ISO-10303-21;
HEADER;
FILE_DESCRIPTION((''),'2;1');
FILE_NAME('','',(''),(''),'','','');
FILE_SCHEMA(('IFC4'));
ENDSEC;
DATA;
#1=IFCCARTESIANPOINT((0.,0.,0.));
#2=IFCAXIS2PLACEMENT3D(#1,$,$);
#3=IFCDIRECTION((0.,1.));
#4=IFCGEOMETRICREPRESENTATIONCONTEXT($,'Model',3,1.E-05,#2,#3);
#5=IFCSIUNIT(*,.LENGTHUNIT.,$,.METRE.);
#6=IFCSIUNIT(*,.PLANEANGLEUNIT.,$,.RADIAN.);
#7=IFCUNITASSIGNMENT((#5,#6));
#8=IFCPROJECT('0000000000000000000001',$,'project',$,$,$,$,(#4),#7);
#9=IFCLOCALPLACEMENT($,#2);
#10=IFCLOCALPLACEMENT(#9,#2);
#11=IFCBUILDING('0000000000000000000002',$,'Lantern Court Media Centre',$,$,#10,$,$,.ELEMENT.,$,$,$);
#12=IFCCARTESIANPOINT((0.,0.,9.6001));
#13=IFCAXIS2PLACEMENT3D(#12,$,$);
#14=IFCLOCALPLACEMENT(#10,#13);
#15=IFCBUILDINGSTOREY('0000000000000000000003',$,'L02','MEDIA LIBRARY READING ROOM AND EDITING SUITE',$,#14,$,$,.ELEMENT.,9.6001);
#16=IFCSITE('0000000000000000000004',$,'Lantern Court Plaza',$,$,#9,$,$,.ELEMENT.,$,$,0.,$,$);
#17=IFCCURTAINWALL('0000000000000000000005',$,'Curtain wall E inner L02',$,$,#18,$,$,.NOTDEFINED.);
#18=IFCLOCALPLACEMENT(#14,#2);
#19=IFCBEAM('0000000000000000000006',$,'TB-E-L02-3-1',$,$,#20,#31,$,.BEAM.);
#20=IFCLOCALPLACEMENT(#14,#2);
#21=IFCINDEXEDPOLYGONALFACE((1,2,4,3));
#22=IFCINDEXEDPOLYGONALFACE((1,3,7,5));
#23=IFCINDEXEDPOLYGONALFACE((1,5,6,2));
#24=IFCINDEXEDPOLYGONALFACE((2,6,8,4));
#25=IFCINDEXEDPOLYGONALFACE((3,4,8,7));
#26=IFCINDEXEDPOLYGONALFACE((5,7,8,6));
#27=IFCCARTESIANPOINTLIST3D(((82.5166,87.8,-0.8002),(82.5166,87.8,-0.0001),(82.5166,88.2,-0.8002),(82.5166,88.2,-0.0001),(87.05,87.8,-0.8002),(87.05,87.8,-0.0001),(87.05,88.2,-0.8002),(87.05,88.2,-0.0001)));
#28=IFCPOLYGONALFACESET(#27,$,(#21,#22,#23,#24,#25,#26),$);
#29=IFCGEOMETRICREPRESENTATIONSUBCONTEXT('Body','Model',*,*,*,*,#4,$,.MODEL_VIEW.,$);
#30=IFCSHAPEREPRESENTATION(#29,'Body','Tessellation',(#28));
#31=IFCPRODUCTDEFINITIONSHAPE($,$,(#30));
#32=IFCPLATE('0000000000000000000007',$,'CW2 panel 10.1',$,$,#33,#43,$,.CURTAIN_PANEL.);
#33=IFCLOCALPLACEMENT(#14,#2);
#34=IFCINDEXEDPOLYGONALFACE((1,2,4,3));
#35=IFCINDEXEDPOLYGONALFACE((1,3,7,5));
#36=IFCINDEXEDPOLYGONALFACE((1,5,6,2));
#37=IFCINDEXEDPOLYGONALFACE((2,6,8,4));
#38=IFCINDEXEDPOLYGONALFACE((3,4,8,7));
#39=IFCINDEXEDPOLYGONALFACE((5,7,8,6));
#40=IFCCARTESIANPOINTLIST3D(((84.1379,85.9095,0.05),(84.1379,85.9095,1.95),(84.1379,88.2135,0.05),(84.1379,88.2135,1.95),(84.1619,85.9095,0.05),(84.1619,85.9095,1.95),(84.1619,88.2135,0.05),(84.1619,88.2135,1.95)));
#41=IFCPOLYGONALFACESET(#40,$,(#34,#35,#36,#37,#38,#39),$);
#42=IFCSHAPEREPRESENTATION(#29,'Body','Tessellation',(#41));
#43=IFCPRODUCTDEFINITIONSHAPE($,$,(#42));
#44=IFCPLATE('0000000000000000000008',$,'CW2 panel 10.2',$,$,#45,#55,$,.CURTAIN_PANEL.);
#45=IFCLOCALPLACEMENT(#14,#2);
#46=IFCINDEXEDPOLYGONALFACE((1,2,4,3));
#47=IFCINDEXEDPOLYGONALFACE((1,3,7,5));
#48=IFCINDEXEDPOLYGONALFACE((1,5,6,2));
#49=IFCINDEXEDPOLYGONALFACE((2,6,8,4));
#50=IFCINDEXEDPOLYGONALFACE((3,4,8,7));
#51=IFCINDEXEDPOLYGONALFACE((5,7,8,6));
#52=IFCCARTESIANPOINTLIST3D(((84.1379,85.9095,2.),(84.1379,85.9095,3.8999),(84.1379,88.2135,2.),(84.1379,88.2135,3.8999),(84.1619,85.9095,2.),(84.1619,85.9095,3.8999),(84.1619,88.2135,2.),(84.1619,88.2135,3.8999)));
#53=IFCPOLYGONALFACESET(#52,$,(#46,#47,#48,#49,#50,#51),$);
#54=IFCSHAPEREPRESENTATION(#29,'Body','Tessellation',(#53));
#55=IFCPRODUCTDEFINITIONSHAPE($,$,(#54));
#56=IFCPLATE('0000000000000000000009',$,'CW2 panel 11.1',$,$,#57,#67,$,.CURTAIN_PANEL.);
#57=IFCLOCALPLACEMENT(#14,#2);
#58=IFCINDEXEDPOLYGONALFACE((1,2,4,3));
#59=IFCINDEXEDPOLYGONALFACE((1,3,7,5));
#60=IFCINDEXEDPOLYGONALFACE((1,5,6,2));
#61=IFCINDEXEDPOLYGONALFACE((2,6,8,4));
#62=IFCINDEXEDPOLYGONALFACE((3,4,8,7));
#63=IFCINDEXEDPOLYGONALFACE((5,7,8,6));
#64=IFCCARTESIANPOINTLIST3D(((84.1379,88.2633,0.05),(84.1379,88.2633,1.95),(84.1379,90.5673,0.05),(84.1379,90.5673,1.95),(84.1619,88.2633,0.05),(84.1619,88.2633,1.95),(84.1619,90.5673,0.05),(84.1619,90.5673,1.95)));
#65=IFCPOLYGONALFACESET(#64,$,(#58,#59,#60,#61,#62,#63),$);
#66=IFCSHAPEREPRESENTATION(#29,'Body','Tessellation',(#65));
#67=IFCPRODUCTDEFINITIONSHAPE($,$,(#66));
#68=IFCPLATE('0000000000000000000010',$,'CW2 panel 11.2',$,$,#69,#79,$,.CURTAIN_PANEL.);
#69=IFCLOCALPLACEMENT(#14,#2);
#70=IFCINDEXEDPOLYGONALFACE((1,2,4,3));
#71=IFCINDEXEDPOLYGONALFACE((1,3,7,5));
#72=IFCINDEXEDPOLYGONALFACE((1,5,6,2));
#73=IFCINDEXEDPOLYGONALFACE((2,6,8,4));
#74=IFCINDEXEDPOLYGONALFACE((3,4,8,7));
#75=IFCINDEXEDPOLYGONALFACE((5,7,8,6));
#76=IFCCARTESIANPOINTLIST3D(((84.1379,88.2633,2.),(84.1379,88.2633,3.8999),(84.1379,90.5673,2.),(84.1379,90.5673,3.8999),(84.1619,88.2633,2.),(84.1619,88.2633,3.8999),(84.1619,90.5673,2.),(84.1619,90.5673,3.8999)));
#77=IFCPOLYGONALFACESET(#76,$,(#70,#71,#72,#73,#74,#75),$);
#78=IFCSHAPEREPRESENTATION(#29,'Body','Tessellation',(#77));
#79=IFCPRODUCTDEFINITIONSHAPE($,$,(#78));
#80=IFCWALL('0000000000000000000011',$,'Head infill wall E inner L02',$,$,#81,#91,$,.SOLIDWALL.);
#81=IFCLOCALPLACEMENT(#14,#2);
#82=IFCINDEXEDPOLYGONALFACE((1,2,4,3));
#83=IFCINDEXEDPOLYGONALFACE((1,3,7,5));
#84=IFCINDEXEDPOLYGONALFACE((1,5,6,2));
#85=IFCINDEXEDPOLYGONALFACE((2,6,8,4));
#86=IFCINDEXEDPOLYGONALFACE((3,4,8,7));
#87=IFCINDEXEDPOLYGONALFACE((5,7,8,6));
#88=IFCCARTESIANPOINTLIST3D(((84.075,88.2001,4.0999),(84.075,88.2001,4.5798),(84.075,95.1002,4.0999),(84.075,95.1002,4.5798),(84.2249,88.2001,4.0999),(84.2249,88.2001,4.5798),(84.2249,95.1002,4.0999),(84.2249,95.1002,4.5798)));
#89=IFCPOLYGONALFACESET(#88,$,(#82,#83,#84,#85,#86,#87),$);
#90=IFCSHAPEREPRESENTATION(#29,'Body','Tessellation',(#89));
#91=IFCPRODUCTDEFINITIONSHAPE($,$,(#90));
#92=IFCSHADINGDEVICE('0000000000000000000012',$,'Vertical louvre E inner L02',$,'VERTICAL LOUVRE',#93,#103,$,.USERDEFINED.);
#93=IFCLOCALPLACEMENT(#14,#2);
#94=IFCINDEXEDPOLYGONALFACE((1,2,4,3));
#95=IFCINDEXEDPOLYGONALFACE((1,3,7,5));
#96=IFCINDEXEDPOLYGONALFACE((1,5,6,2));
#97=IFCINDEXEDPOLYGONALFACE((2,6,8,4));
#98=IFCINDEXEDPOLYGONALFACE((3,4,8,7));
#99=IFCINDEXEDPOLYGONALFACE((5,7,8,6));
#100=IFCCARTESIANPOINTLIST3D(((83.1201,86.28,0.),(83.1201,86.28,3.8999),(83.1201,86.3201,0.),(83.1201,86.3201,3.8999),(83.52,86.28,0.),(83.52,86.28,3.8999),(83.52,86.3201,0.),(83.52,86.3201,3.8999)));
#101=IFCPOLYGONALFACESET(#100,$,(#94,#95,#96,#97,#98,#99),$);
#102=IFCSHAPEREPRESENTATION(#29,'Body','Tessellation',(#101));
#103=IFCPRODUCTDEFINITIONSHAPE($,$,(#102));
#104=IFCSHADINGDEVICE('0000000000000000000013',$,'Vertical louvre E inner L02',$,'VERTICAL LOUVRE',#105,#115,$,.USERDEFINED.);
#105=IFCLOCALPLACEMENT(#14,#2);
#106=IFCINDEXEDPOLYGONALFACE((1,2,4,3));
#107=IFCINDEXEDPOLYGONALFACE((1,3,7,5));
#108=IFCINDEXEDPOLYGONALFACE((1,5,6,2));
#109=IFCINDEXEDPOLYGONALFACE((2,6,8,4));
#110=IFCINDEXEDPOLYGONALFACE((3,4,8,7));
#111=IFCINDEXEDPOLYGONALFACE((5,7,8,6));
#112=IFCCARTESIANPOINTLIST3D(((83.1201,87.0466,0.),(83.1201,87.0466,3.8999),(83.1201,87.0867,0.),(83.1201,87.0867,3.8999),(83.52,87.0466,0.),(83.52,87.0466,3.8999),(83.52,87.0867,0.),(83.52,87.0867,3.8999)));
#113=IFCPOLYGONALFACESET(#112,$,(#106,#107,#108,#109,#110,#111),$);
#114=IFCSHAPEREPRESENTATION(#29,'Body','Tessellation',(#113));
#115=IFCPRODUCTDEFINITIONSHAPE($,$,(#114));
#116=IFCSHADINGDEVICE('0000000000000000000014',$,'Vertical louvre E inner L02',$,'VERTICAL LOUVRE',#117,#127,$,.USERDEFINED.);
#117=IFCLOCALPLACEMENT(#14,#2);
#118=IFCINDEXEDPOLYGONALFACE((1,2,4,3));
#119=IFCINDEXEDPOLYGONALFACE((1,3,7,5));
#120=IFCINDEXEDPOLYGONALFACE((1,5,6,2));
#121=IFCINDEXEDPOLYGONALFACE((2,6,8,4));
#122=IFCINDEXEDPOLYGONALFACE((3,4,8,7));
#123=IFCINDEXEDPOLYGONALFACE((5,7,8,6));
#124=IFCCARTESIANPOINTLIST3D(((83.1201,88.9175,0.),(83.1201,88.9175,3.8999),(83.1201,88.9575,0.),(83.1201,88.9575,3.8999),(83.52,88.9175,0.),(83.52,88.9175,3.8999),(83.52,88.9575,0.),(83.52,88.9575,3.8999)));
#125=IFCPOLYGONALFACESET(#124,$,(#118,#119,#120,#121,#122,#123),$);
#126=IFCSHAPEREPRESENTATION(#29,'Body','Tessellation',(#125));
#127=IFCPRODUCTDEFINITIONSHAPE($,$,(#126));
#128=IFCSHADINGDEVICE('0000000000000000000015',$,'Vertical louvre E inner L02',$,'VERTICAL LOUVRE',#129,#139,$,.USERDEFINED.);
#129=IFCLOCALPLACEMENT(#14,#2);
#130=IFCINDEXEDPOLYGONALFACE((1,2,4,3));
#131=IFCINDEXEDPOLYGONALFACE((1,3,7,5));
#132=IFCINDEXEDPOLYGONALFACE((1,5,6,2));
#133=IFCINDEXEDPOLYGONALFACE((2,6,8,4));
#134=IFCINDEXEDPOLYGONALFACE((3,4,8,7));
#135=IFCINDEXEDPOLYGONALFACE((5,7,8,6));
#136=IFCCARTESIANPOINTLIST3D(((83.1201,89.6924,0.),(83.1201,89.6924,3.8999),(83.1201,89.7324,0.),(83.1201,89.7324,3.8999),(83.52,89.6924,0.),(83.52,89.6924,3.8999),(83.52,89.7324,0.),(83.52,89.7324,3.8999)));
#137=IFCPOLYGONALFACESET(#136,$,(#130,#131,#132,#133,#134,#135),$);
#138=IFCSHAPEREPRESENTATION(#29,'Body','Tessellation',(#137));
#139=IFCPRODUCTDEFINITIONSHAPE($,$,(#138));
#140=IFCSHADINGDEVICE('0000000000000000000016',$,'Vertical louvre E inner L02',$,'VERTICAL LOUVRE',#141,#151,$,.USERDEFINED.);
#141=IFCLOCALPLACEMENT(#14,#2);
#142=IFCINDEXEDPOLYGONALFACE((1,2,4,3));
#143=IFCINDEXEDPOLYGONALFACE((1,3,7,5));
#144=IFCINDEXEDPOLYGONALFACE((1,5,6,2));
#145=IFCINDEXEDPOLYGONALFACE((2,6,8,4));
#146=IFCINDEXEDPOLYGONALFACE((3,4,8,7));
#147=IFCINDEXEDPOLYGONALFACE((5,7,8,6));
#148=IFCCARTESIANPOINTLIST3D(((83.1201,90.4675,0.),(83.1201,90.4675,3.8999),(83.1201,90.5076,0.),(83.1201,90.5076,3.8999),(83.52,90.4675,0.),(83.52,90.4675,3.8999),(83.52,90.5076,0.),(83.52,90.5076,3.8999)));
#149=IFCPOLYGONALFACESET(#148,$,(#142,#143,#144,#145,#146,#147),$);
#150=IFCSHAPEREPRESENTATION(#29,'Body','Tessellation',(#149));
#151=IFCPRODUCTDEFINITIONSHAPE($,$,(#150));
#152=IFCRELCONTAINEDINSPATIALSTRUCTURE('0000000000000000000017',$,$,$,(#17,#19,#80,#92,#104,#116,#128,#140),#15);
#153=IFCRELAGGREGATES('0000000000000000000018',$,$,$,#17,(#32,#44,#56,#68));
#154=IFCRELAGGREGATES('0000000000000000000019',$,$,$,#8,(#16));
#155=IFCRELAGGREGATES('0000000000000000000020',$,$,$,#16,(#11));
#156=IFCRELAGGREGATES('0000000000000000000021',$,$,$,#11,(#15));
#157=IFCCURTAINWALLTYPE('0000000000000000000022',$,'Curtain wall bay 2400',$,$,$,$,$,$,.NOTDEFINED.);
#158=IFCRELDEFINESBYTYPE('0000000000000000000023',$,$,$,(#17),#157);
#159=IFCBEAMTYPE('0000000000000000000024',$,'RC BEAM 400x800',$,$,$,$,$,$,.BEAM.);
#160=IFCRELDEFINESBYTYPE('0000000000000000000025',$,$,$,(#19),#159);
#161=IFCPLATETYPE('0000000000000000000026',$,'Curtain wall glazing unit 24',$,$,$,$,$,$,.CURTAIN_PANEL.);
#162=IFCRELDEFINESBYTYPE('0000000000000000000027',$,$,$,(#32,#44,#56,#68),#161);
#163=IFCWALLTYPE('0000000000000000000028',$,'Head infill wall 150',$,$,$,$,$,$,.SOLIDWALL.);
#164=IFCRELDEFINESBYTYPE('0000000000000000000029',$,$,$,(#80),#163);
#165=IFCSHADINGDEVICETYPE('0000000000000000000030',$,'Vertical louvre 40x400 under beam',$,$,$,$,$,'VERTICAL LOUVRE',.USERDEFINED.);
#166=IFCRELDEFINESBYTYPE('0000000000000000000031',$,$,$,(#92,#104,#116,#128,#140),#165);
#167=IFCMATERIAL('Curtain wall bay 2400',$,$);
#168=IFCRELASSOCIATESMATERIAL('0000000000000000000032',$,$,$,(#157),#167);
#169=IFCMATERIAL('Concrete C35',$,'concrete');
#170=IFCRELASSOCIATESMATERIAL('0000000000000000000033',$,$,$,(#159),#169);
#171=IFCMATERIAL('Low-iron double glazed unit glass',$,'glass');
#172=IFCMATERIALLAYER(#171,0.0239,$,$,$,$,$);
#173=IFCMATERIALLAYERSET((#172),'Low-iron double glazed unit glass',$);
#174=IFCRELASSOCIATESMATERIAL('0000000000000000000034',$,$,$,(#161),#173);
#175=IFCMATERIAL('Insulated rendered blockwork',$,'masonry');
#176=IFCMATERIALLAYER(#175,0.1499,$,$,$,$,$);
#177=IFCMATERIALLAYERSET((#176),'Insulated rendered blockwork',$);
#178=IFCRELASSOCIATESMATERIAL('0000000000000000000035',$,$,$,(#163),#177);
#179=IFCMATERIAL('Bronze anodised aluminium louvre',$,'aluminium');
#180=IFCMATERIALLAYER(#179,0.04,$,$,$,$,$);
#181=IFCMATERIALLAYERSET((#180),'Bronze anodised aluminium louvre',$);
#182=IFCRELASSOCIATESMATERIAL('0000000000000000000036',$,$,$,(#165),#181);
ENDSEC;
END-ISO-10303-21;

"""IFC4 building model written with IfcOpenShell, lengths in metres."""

from ifc_helpers import new_model, si_unit, direction, frame, frame_2d, origin, origin_2d, place, context, subcontext, project, spatial, rectangle, extrude, material, layer, layer_set, material_profile, profile_set, type_object, element, aggregate, save


model = new_model("IFC4")

# Units and contexts
model_context = context("Model", 3, precision=1e-05, world=origin(), true_north=direction((0.0, 1.0)))
body_context = subcontext(model_context, "Body", "Model", "MODEL_VIEW")
ifc_project = project(units=[si_unit("LENGTHUNIT", "METRE"), si_unit("PLANEANGLEUNIT", "RADIAN")], contexts=[model_context])

# Site, building, storey
site_placement = place(None, origin())
site = spatial("IfcSite", under=ifc_project, at=site_placement, Name="Lantern Court Plaza", CompositionType="ELEMENT", RefElevation=0.0)
building_placement = place(site_placement, origin())
building = spatial("IfcBuilding", under=site, at=building_placement, Name="Lantern Court Media Centre", CompositionType="ELEMENT")
storey_placement = place(building_placement, frame((0.0, 0.0, 9.6001)))
storey = spatial("IfcBuildingStorey", under=building, at=storey_placement, Name="L02", Description="MEDIA LIBRARY READING ROOM AND EDITING SUITE", CompositionType="ELEMENT", Elevation=9.6001)

# Shared definitions
ifc_material_1 = material(Name="Concrete C35", Category="concrete")

# Curtain wall
ifc_material_2 = material(Name="Curtain wall bay 2400")
curtain_wall_type = type_object("IfcCurtainWallType", Name="Curtain wall bay 2400", PredefinedType="NOTDEFINED", material=ifc_material_2)
curtain_wall_placement = place(storey_placement, origin())
curtain_wall = element("IfcCurtainWall", 1, at=curtain_wall_placement, inside=storey, type_object=curtain_wall_type, Name="Curtain wall E inner L02", PredefinedType="NOTDEFINED")

# Beam
ifc_material_profile_1 = material_profile(ifc_material_1, rectangle(XDim=0.3999, YDim=0.8, at=origin_2d()), Name="RC 400x800")
ifc_profile_set_1 = profile_set([ifc_material_profile_1], Name="Concrete C35")
beam_type_1 = type_object("IfcBeamType", Name="RC BEAM 400x800", PredefinedType="BEAM", material=ifc_profile_set_1)
beam_1_placement = place(storey_placement, frame((82.5166, 88.0, -0.4001), z_axis=(1.0, 0.0, 0.0), x_axis=(0.0, 1.0, 0.0)))
element("IfcBeam", 2, at=beam_1_placement, inside=storey, type_object=beam_type_1, Name="TB-E-L02-3-1", PredefinedType="BEAM", context=body_context, shape_type="SweptSolid", body=[
    extrude(rectangle(XDim=0.3999, YDim=0.8, at=origin_2d()), origin(), (0.0, 0.0, 1.0), 4.5334),
])

# Plates
ifc_material_3 = material(Name="Low-iron double glazed unit glass", Category="glass")
ifc_layer_1 = layer(ifc_material_3, 0.0239)
ifc_layer_set_1 = layer_set([ifc_layer_1], Name="Low-iron double glazed unit glass")
plate_type = type_object("IfcPlateType", Name="Curtain wall glazing unit 24", PredefinedType="CURTAIN_PANEL", material=ifc_layer_set_1)
plate_1_placement = place(storey_placement, frame((84.1499, 87.0615, 0.05), z_axis=(0.0, 0.0, 1.0), x_axis=(0.0, 1.0, 0.0)))
plate_1 = element("IfcPlate", 3, at=plate_1_placement, type_object=plate_type, Name="CW2 panel 10.1", PredefinedType="CURTAIN_PANEL", context=body_context, shape_type="SweptSolid", body=[
    extrude(rectangle(XDim=2.304, YDim=0.0239, at=origin_2d()), origin(), (0.0, 0.0, 1.0), 1.8999),
])
plate_2_placement = place(storey_placement, frame((84.1499, 87.0615, 2.0), z_axis=(0.0, 0.0, 1.0), x_axis=(0.0, 1.0, 0.0)))
plate_2 = element("IfcPlate", 4, at=plate_2_placement, type_object=plate_type, Name="CW2 panel 10.2", PredefinedType="CURTAIN_PANEL", context=body_context, shape_type="SweptSolid", body=[
    extrude(rectangle(XDim=2.304, YDim=0.0239, at=origin_2d()), origin(), (0.0, 0.0, 1.0), 1.8999),
])
plate_3_placement = place(storey_placement, frame((84.1499, 89.4153, 0.05), z_axis=(0.0, 0.0, 1.0), x_axis=(0.0, 1.0, 0.0)))
plate_3 = element("IfcPlate", 5, at=plate_3_placement, type_object=plate_type, Name="CW2 panel 11.1", PredefinedType="CURTAIN_PANEL", context=body_context, shape_type="SweptSolid", body=[
    extrude(rectangle(XDim=2.304, YDim=0.0239, at=origin_2d()), origin(), (0.0, 0.0, 1.0), 1.8999),
])
plate_4_placement = place(storey_placement, frame((84.1499, 89.4153, 2.0), z_axis=(0.0, 0.0, 1.0), x_axis=(0.0, 1.0, 0.0)))
plate_4 = element("IfcPlate", 6, at=plate_4_placement, type_object=plate_type, Name="CW2 panel 11.2", PredefinedType="CURTAIN_PANEL", context=body_context, shape_type="SweptSolid", body=[
    extrude(rectangle(XDim=2.304, YDim=0.0239, at=origin_2d()), origin(), (0.0, 0.0, 1.0), 1.8999),
])
aggregate(curtain_wall, [plate_1, plate_2, plate_3, plate_4])

# Wall
ifc_material_4 = material(Name="Insulated rendered blockwork", Category="masonry")
ifc_layer_2 = layer(ifc_material_4, 0.1499)
ifc_layer_set_2 = layer_set([ifc_layer_2], Name="Insulated rendered blockwork")
wall_type = type_object("IfcWallType", Name="Head infill wall 150", PredefinedType="SOLIDWALL", material=ifc_layer_set_2)
wall_placement = place(storey_placement, frame((84.1499, 88.2, 4.0999), z_axis=(0.0, 0.0, 1.0), x_axis=(0.0, 1.0, 0.0)))
element("IfcWall", 7, at=wall_placement, inside=storey, type_object=wall_type, Name="Head infill wall E inner L02", PredefinedType="SOLIDWALL", context=body_context, shape_type="SweptSolid", body=[
    extrude(rectangle(XDim=6.9001, YDim=0.1499, at=frame_2d((3.4502, 0.0))), origin(), (0.0, 0.0, 1.0), 0.48),
])

# Shading devices
ifc_material_5 = material(Name="Bronze anodised aluminium louvre", Category="aluminium")
ifc_layer_3 = layer(ifc_material_5, 0.04)
ifc_layer_set_3 = layer_set([ifc_layer_3], Name="Bronze anodised aluminium louvre")
shading_device_type = type_object("IfcShadingDeviceType", Name="Vertical louvre 40x400 under beam", ElementType="VERTICAL LOUVRE", PredefinedType="USERDEFINED", material=ifc_layer_set_3)
for number, where, z_axis, x_axis, name in (
    (8, (83.3201, 86.3, 0.0), (0.0, 0.0, 1.0), (1.0, 0.0, 0.0), "Vertical louvre E inner L02"),
    (9, (83.3201, 87.0667, 0.0), (0.0, 0.0, 1.0), (1.0, 0.0, 0.0), "Vertical louvre E inner L02"),
    (10, (83.3201, 88.9375, 0.0), (0.0, 0.0, 1.0), (1.0, 0.0, 0.0), "Vertical louvre E inner L02"),
    (11, (83.3201, 89.7124, 0.0), (0.0, 0.0, 1.0), (1.0, 0.0, 0.0), "Vertical louvre E inner L02"),
    (12, (83.3201, 90.4875, 0.0), (0.0, 0.0, 1.0), (1.0, 0.0, 0.0), "Vertical louvre E inner L02"),
):
    element("IfcShadingDevice", number, at=place(storey_placement, frame(where, z_axis=z_axis, x_axis=x_axis)), inside=storey, type_object=shading_device_type, Name=name, ObjectType="VERTICAL LOUVRE", PredefinedType="USERDEFINED", context=body_context, shape_type="SweptSolid", body=[
        extrude(rectangle(XDim=0.3999, YDim=0.04, at=origin_2d()), origin(), (0.0, 0.0, 1.0), 3.8999),
    ])

save(model, "model.ifc")
